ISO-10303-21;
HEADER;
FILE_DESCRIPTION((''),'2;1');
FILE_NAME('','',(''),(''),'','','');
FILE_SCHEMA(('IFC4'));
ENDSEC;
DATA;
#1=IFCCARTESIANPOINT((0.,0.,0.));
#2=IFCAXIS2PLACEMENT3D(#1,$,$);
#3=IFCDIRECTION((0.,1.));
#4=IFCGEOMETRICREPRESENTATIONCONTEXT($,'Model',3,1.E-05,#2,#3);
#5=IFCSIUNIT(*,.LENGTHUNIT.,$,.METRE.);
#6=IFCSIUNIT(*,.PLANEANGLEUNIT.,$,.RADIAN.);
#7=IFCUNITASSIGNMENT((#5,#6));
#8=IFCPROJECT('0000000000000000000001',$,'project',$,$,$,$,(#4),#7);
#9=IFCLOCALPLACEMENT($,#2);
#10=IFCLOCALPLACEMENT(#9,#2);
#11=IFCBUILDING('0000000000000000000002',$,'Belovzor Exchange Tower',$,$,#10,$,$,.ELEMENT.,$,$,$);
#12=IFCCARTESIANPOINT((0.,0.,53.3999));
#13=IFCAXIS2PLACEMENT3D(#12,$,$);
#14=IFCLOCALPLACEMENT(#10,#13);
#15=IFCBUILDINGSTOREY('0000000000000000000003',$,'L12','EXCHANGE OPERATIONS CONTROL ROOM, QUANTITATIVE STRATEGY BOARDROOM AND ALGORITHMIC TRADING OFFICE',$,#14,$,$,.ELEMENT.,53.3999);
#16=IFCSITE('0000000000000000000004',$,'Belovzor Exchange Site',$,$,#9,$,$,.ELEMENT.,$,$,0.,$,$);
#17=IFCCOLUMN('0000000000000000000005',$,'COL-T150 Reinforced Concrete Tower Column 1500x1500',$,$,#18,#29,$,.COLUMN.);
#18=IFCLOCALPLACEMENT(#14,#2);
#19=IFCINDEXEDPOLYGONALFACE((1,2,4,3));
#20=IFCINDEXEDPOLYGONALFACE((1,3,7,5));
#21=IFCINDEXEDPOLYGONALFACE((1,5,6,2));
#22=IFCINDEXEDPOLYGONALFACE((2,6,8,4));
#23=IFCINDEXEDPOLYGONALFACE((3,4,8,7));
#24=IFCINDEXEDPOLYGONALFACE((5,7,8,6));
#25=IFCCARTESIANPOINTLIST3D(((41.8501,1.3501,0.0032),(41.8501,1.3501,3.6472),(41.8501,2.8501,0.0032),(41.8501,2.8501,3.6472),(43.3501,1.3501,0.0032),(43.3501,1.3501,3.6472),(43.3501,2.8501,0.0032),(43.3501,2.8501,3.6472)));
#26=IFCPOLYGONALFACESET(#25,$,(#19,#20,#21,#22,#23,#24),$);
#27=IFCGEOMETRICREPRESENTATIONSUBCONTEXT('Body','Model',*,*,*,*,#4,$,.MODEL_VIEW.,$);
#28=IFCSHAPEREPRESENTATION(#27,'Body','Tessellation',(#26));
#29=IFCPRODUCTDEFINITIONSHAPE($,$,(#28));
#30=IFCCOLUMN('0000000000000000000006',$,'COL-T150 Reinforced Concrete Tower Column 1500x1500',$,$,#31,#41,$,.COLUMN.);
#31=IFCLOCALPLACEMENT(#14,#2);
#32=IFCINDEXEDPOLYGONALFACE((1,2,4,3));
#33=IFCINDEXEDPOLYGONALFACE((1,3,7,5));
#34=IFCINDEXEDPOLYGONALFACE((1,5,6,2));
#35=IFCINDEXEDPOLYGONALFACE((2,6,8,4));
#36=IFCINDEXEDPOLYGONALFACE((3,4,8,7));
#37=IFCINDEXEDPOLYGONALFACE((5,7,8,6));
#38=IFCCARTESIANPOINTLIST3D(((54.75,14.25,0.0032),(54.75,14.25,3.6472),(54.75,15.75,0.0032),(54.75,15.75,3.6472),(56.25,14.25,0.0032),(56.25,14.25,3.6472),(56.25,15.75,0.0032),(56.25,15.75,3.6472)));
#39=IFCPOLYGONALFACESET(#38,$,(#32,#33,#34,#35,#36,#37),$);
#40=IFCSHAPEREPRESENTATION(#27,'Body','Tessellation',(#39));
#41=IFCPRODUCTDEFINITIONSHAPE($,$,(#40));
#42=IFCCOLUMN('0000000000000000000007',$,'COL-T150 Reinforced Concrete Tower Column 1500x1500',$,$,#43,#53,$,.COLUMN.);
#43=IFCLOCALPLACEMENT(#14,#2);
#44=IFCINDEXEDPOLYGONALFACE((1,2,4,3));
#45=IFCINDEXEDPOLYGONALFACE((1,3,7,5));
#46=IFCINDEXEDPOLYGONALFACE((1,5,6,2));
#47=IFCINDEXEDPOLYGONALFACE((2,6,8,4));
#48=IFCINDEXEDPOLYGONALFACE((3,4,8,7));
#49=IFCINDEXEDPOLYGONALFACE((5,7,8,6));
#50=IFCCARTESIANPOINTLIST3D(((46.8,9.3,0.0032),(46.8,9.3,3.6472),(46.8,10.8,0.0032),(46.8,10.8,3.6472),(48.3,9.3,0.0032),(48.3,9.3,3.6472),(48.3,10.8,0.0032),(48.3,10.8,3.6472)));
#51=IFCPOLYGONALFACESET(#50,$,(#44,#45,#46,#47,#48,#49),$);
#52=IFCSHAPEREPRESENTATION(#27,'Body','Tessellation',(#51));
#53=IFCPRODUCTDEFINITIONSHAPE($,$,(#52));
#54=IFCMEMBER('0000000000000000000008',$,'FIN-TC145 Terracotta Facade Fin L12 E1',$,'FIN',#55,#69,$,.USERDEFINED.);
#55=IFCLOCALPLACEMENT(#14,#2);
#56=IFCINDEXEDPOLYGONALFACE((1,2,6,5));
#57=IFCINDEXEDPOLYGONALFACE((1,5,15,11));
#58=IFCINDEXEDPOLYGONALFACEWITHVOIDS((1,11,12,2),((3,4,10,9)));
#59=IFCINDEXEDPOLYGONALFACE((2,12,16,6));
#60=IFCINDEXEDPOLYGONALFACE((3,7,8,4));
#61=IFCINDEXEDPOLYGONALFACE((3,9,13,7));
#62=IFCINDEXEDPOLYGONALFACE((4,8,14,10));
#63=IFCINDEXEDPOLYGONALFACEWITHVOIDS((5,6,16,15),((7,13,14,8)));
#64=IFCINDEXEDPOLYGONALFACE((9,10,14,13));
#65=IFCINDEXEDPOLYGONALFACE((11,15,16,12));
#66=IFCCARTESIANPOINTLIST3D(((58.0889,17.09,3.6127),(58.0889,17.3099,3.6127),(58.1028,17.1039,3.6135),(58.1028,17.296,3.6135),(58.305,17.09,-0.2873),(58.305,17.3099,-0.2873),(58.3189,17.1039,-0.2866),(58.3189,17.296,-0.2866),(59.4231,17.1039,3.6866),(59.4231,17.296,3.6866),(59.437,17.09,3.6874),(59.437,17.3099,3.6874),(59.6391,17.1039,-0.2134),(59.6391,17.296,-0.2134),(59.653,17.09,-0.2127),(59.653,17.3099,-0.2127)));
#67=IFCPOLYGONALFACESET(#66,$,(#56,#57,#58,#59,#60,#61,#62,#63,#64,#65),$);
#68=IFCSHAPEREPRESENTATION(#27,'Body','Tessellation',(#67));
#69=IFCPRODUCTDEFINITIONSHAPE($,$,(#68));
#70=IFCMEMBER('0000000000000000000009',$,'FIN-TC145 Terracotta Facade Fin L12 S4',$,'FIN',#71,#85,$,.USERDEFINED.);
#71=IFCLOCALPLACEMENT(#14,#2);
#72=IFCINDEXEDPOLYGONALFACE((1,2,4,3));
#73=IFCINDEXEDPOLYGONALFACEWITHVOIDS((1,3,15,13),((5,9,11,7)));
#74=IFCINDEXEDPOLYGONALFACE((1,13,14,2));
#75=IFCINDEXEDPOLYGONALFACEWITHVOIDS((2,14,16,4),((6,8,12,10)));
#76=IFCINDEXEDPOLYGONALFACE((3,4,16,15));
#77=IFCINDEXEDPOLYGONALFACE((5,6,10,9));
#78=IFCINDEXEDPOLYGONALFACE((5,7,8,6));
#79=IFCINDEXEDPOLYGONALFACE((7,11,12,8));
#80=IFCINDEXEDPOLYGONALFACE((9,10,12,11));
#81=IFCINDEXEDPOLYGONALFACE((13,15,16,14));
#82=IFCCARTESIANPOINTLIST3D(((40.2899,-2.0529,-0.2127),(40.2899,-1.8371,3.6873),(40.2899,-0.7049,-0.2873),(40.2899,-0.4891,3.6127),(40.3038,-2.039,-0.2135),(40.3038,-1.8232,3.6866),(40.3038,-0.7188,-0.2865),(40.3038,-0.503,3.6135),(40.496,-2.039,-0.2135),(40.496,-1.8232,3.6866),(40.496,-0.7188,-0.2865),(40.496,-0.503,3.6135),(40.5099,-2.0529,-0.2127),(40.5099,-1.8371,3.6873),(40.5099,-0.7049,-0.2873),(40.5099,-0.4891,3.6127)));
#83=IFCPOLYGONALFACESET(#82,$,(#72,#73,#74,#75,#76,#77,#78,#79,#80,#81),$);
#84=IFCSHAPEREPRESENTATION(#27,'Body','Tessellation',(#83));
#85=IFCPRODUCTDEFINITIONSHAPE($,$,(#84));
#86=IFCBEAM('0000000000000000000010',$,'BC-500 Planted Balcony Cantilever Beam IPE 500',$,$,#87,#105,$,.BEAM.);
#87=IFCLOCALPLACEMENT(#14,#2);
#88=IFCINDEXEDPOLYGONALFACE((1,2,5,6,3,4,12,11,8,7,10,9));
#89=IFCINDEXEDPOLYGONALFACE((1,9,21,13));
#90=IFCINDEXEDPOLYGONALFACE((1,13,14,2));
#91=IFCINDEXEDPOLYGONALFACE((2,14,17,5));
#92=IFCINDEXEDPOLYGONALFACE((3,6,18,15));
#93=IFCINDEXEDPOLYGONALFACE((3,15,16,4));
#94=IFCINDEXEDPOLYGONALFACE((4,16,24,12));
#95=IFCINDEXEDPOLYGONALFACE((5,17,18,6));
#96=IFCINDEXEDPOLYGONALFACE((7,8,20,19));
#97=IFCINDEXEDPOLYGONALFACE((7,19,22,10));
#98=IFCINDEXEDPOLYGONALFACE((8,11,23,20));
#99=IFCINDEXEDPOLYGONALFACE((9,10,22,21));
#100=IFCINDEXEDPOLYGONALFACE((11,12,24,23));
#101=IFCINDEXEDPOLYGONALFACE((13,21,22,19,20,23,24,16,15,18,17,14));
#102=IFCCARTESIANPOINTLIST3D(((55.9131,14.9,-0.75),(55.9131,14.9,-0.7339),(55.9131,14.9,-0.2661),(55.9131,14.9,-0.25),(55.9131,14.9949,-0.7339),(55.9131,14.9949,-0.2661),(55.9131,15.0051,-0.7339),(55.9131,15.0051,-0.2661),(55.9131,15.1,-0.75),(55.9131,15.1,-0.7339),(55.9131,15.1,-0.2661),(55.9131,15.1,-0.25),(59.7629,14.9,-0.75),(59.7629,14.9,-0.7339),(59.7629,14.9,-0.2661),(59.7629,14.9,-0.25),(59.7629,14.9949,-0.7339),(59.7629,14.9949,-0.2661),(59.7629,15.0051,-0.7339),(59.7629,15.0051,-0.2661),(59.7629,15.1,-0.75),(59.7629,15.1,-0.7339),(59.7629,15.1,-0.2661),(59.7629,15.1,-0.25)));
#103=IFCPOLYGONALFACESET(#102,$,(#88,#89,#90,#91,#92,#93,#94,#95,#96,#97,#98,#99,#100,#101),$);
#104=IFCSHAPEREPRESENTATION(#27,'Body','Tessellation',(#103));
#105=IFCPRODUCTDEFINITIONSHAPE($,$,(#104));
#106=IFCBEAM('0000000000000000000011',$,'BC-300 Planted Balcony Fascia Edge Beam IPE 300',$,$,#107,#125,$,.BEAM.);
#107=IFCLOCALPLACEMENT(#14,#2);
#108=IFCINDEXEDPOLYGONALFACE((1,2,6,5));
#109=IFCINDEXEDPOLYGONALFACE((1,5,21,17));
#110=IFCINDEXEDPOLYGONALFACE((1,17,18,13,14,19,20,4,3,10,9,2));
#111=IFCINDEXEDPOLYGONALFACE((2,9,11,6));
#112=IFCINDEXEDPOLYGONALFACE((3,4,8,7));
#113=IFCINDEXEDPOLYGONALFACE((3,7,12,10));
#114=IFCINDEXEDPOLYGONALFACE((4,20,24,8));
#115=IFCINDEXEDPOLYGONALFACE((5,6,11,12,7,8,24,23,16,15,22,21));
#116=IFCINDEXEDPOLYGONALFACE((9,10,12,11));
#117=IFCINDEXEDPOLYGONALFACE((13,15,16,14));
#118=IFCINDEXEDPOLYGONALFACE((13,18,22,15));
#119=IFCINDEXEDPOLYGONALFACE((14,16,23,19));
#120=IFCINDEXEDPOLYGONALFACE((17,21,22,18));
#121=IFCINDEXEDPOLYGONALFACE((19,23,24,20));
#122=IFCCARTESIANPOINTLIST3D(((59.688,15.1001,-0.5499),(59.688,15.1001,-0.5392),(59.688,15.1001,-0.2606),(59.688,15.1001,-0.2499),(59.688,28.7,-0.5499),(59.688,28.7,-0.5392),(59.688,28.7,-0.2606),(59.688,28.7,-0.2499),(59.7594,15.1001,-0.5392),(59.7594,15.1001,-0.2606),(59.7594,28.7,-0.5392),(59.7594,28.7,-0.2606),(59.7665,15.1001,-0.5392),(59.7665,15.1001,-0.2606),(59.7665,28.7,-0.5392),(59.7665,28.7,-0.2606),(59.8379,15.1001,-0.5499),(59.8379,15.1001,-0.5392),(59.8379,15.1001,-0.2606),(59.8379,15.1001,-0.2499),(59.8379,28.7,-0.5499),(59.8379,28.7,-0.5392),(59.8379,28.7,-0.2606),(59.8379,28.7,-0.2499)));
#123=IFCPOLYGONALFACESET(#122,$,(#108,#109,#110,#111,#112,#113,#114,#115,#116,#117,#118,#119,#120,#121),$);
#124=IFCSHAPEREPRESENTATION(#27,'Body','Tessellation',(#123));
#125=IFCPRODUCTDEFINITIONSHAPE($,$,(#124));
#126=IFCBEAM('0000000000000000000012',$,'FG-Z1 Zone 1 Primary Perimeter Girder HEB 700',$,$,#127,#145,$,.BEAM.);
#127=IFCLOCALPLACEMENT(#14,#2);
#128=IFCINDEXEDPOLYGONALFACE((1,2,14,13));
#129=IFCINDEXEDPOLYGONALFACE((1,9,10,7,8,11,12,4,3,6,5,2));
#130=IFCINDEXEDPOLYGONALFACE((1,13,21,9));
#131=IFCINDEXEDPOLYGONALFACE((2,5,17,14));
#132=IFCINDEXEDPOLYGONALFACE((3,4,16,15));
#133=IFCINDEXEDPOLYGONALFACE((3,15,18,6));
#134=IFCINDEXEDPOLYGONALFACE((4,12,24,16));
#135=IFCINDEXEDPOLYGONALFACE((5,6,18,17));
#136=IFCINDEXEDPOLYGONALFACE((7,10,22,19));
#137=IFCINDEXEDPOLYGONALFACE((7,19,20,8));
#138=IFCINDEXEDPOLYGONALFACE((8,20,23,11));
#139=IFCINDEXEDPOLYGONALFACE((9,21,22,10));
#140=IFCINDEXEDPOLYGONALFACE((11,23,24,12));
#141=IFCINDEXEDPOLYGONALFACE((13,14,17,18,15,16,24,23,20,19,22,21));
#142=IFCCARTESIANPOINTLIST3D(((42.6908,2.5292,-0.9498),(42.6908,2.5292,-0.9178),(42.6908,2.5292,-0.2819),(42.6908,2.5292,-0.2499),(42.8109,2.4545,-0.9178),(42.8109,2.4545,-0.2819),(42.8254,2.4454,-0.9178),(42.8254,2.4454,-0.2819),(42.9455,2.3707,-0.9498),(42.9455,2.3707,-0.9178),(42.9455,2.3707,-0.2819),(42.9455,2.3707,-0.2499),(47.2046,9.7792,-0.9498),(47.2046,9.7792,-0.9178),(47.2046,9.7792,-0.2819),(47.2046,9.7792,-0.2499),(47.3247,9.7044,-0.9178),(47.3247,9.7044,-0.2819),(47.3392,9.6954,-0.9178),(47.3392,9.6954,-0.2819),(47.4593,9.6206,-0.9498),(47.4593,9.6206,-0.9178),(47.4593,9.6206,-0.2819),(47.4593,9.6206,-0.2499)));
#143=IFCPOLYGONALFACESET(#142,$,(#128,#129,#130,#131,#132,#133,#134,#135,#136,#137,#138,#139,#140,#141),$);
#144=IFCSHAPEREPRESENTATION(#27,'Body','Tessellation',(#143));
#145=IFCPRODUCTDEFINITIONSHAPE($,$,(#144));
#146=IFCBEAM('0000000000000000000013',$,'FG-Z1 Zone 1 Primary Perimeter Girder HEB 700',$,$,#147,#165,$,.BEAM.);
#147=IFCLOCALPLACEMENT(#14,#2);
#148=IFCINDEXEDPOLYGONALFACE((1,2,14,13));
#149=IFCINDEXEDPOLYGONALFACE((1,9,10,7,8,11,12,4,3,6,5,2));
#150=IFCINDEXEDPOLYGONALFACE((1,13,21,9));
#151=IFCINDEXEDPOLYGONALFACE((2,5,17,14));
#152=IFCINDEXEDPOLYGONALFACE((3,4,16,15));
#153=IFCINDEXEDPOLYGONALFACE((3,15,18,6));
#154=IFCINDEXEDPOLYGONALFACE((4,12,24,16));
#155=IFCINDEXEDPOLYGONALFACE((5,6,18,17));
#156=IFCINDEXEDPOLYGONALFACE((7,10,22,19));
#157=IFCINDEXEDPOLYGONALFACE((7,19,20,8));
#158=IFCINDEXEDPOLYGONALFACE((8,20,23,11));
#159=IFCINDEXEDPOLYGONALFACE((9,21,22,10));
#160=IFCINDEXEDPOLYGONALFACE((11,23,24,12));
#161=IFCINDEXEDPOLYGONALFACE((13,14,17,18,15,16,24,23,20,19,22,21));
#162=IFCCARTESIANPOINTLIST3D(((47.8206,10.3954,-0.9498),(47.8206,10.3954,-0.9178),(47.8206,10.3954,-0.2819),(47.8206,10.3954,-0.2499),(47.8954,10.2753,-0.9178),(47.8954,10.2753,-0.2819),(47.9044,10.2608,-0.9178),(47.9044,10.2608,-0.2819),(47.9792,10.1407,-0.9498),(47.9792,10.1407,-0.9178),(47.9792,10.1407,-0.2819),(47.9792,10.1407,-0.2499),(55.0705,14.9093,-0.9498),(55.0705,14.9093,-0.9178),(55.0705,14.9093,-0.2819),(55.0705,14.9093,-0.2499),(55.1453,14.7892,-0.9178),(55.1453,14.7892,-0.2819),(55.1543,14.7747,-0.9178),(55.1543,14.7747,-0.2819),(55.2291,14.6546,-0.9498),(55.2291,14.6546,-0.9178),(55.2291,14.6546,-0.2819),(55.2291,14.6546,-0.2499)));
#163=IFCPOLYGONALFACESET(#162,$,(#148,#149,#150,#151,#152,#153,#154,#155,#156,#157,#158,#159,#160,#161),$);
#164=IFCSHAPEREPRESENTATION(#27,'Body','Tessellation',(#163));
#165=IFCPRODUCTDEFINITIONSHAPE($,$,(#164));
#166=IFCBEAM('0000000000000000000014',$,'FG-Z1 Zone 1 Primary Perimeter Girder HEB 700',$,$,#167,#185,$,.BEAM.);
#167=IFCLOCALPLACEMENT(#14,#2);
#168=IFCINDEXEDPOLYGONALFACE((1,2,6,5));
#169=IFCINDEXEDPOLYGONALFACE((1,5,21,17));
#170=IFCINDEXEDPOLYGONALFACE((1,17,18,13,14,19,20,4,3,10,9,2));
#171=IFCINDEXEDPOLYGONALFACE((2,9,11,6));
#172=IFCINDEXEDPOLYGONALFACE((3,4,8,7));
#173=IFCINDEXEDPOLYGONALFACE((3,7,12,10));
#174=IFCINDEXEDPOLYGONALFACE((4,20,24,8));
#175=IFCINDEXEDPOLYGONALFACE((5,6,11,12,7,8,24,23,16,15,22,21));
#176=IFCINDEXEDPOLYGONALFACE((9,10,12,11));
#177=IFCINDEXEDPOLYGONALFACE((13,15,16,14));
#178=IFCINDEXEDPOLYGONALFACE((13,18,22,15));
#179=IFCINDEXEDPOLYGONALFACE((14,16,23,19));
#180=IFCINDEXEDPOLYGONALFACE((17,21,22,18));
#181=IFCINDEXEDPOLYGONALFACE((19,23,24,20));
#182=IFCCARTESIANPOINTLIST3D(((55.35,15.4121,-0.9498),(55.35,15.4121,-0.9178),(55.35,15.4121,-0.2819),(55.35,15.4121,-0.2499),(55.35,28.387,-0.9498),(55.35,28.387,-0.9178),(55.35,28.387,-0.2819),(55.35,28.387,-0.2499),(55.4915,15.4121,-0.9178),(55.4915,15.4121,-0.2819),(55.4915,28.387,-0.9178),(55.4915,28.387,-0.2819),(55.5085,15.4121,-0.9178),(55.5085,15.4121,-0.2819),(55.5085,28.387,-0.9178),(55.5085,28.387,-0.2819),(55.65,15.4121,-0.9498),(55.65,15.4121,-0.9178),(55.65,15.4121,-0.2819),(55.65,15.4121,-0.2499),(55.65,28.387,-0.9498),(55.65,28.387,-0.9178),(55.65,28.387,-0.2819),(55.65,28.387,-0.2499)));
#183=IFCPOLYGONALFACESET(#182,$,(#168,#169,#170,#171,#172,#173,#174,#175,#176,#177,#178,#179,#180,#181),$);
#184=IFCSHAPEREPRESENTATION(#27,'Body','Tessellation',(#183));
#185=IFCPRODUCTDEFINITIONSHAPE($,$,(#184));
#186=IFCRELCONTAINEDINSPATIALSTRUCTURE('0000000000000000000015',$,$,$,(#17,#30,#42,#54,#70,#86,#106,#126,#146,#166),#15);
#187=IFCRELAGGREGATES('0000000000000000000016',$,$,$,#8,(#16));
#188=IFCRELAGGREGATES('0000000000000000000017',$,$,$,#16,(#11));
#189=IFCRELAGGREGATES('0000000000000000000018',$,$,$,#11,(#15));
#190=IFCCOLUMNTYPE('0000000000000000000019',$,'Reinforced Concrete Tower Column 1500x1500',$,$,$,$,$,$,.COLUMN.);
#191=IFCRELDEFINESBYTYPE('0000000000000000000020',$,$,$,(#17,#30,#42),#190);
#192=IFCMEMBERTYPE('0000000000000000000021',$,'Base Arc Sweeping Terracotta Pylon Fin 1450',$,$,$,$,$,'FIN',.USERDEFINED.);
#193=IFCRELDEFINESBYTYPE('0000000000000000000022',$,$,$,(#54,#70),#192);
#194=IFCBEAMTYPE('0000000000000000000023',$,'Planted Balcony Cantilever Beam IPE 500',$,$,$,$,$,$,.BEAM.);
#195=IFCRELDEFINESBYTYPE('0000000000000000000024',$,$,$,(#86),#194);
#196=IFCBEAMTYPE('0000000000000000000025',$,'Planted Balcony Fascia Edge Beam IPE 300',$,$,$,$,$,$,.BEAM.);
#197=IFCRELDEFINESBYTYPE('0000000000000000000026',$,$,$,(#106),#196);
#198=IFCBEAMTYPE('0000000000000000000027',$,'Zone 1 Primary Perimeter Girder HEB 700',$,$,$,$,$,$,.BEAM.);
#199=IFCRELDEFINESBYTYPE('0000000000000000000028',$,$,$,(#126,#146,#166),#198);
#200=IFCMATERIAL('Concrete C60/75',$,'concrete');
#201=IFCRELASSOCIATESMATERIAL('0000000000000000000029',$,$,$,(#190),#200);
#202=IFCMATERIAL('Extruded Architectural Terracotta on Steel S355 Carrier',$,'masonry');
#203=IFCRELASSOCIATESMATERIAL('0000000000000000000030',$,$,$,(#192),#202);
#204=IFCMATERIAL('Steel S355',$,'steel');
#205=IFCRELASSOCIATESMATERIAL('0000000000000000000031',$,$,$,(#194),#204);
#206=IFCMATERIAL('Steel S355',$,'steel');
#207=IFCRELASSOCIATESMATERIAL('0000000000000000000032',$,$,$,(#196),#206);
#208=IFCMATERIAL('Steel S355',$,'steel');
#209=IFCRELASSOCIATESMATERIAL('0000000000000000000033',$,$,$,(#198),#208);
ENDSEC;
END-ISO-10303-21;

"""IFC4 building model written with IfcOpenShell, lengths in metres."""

from ifc_helpers import new_model, si_unit, direction, frame, origin, origin_2d, place, context, subcontext, project, spatial, rectangle, hollow_rectangle, i_section, extrude, material, material_profile, profile_set, type_object, element, save


model = new_model("IFC4")

# Units and contexts
model_context = context("Model", 3, precision=1e-05, world=origin(), true_north=direction((0.0, 1.0)))
body_context = subcontext(model_context, "Body", "Model", "MODEL_VIEW")
ifc_project = project(units=[si_unit("LENGTHUNIT", "METRE"), si_unit("PLANEANGLEUNIT", "RADIAN")], contexts=[model_context])

# Site, building, storey
site_placement = place(None, origin())
site = spatial("IfcSite", under=ifc_project, at=site_placement, Name="Belovzor Exchange Site", CompositionType="ELEMENT", RefElevation=0.0)
building_placement = place(site_placement, origin())
building = spatial("IfcBuilding", under=site, at=building_placement, Name="Belovzor Exchange Tower", CompositionType="ELEMENT")
storey_placement = place(building_placement, frame((0.0, 0.0, 53.3999)))
storey = spatial("IfcBuildingStorey", under=building, at=storey_placement, Name="L12", Description="EXCHANGE OPERATIONS CONTROL ROOM, QUANTITATIVE STRATEGY BOARDROOM AND ALGORITHMIC TRADING OFFICE", CompositionType="ELEMENT", Elevation=53.3999)

# Columns
ifc_material_1 = material(Name="Concrete C60/75", Category="concrete")
ifc_material_profile_1 = material_profile(ifc_material_1, rectangle(XDim=1.5, YDim=1.5, at=origin_2d()))
ifc_profile_set_1 = profile_set([ifc_material_profile_1], Name="Concrete C60/75")
column_type = type_object("IfcColumnType", Name="Reinforced Concrete Tower Column 1500x1500", PredefinedType="COLUMN", material=ifc_profile_set_1)
for number, where, z_axis, x_axis, name in (
    (1, (42.6001, 2.1001, 0.0032), (0.0, 0.0, 1.0), (1.0, 0.0, 0.0), "COL-T150 Reinforced Concrete Tower Column 1500x1500"),
    (2, (55.5, 15.0, 0.0032), (0.0, 0.0, 1.0), (1.0, 0.0, 0.0), "COL-T150 Reinforced Concrete Tower Column 1500x1500"),
    (3, (47.55, 10.05, 0.0032), (0.0, 0.0, 1.0), (1.0, 0.0, 0.0), "COL-T150 Reinforced Concrete Tower Column 1500x1500"),
):
    element("IfcColumn", number, at=place(storey_placement, frame(where, z_axis=z_axis, x_axis=x_axis)), inside=storey, type_object=column_type, Name=name, PredefinedType="COLUMN", context=body_context, shape_type="SweptSolid", body=[
        extrude(rectangle(XDim=1.5, YDim=1.5, at=origin_2d()), origin(), (0.0, 0.0, 1.0), 3.644),
    ])

# Members
ifc_material_2 = material(Name="Extruded Architectural Terracotta on Steel S355 Carrier", Category="masonry")
ifc_material_profile_2 = material_profile(ifc_material_2, hollow_rectangle(XDim=0.22, YDim=1.3501, WallThickness=0.0139, at=origin_2d()))
ifc_profile_set_2 = profile_set([ifc_material_profile_2], Name="Extruded Architectural Terracotta on Steel S355 Carrier")
member_type = type_object("IfcMemberType", Name="Base Arc Sweeping Terracotta Pylon Fin 1450", ElementType="FIN", PredefinedType="USERDEFINED", material=ifc_profile_set_2)
for number, where, z_axis, x_axis, name in (
    (4, (58.979, 17.2, -0.25), (-0.055314, 0.0, 0.998469), (0.0, -1.0, 0.0), "FIN-TC145 Terracotta Facade Fin L12 E1"),
    (5, (40.3999, -1.3789, -0.25), (0.0, 0.055252, 0.998472), (-1.0, 0.0, 0.0), "FIN-TC145 Terracotta Facade Fin L12 S4"),
):
    element("IfcMember", number, at=place(storey_placement, frame(where, z_axis=z_axis, x_axis=x_axis)), inside=storey, type_object=member_type, Name=name, ObjectType="FIN", PredefinedType="USERDEFINED", context=body_context, shape_type="SweptSolid", body=[
        extrude(hollow_rectangle(XDim=0.22, YDim=1.3501, WallThickness=0.0139, at=origin_2d()), origin(), (0.0, 0.0, 1.0), 3.906),
    ])

# Beams
ifc_material_3 = material(Name="Steel S355", Category="steel")
ifc_material_profile_3 = material_profile(ifc_material_3, i_section(OverallWidth=0.2, OverallDepth=0.5, WebThickness=0.0103, FlangeThickness=0.0161, at=origin_2d()))
ifc_profile_set_3 = profile_set([ifc_material_profile_3], Name="Steel S355")
beam_type_1 = type_object("IfcBeamType", Name="Planted Balcony Cantilever Beam IPE 500", PredefinedType="BEAM", material=ifc_profile_set_3)
beam_1_placement = place(storey_placement, frame((55.9131, 15.0, -0.5), z_axis=(1.0, 0.0, 0.0), x_axis=(0.0, 1.0, 0.0)))
element("IfcBeam", 6, at=beam_1_placement, inside=storey, type_object=beam_type_1, Name="BC-500 Planted Balcony Cantilever Beam IPE 500", PredefinedType="BEAM", context=body_context, shape_type="SweptSolid", body=[
    extrude(i_section(OverallWidth=0.2, OverallDepth=0.5, WebThickness=0.0103, FlangeThickness=0.0161, at=origin_2d()), origin(), (0.0, 0.0, 1.0), 3.8499),
])
ifc_material_4 = material(Name="Steel S355", Category="steel")
ifc_material_profile_4 = material_profile(ifc_material_4, i_section(OverallWidth=0.1499, OverallDepth=0.3, WebThickness=0.0071, FlangeThickness=0.0107, at=origin_2d()))
ifc_profile_set_4 = profile_set([ifc_material_profile_4], Name="Steel S355")
beam_type_2 = type_object("IfcBeamType", Name="Planted Balcony Fascia Edge Beam IPE 300", PredefinedType="BEAM", material=ifc_profile_set_4)
beam_2_placement = place(storey_placement, frame((59.7629, 15.1001, -0.3999), z_axis=(0.0, 1.0, 0.0), x_axis=(-1.0, 0.0, 0.0)))
element("IfcBeam", 7, at=beam_2_placement, inside=storey, type_object=beam_type_2, Name="BC-300 Planted Balcony Fascia Edge Beam IPE 300", PredefinedType="BEAM", context=body_context, shape_type="SweptSolid", body=[
    extrude(i_section(OverallWidth=0.1499, OverallDepth=0.3, WebThickness=0.0071, FlangeThickness=0.0107, at=origin_2d()), origin(), (0.0, 0.0, 1.0), 13.5999),
])
ifc_material_5 = material(Name="Steel S355", Category="steel")
ifc_material_profile_5 = material_profile(ifc_material_5, i_section(OverallWidth=0.3, OverallDepth=0.7, WebThickness=0.0171, FlangeThickness=0.032, at=origin_2d()))
ifc_profile_set_5 = profile_set([ifc_material_profile_5], Name="Steel S355")
beam_type_3 = type_object("IfcBeamType", Name="Zone 1 Primary Perimeter Girder HEB 700", PredefinedType="BEAM", material=ifc_profile_set_5)
for number, where, z_axis, x_axis, name in (
    (8, (42.8181, 2.45, -0.5999), (0.528539, 0.848909, 0.0), (-0.848909, 0.528539, 0.0), "FG-Z1 Zone 1 Primary Perimeter Girder HEB 700"),
    (9, (47.8999, 10.2681, -0.5999), (0.848909, 0.528539, 0.0), (-0.528539, 0.848909, 0.0), "FG-Z1 Zone 1 Primary Perimeter Girder HEB 700"),
):
    element("IfcBeam", number, at=place(storey_placement, frame(where, z_axis=z_axis, x_axis=x_axis)), inside=storey, type_object=beam_type_3, Name=name, PredefinedType="BEAM", context=body_context, shape_type="SweptSolid", body=[
        extrude(i_section(OverallWidth=0.3, OverallDepth=0.7, WebThickness=0.0171, FlangeThickness=0.032, at=origin_2d()), origin(), (0.0, 0.0, 1.0), 8.5403),
    ])
beam_3_placement = place(storey_placement, frame((55.5, 15.4121, -0.5999), z_axis=(0.0, 1.0, 0.0), x_axis=(-1.0, 0.0, 0.0)))
element("IfcBeam", 10, at=beam_3_placement, inside=storey, type_object=beam_type_3, Name="FG-Z1 Zone 1 Primary Perimeter Girder HEB 700", PredefinedType="BEAM", context=body_context, shape_type="SweptSolid", body=[
    extrude(i_section(OverallWidth=0.3, OverallDepth=0.7, WebThickness=0.0171, FlangeThickness=0.032, at=origin_2d()), origin(), (0.0, 0.0, 1.0), 12.9749),
])

save(model, "model.ifc")
